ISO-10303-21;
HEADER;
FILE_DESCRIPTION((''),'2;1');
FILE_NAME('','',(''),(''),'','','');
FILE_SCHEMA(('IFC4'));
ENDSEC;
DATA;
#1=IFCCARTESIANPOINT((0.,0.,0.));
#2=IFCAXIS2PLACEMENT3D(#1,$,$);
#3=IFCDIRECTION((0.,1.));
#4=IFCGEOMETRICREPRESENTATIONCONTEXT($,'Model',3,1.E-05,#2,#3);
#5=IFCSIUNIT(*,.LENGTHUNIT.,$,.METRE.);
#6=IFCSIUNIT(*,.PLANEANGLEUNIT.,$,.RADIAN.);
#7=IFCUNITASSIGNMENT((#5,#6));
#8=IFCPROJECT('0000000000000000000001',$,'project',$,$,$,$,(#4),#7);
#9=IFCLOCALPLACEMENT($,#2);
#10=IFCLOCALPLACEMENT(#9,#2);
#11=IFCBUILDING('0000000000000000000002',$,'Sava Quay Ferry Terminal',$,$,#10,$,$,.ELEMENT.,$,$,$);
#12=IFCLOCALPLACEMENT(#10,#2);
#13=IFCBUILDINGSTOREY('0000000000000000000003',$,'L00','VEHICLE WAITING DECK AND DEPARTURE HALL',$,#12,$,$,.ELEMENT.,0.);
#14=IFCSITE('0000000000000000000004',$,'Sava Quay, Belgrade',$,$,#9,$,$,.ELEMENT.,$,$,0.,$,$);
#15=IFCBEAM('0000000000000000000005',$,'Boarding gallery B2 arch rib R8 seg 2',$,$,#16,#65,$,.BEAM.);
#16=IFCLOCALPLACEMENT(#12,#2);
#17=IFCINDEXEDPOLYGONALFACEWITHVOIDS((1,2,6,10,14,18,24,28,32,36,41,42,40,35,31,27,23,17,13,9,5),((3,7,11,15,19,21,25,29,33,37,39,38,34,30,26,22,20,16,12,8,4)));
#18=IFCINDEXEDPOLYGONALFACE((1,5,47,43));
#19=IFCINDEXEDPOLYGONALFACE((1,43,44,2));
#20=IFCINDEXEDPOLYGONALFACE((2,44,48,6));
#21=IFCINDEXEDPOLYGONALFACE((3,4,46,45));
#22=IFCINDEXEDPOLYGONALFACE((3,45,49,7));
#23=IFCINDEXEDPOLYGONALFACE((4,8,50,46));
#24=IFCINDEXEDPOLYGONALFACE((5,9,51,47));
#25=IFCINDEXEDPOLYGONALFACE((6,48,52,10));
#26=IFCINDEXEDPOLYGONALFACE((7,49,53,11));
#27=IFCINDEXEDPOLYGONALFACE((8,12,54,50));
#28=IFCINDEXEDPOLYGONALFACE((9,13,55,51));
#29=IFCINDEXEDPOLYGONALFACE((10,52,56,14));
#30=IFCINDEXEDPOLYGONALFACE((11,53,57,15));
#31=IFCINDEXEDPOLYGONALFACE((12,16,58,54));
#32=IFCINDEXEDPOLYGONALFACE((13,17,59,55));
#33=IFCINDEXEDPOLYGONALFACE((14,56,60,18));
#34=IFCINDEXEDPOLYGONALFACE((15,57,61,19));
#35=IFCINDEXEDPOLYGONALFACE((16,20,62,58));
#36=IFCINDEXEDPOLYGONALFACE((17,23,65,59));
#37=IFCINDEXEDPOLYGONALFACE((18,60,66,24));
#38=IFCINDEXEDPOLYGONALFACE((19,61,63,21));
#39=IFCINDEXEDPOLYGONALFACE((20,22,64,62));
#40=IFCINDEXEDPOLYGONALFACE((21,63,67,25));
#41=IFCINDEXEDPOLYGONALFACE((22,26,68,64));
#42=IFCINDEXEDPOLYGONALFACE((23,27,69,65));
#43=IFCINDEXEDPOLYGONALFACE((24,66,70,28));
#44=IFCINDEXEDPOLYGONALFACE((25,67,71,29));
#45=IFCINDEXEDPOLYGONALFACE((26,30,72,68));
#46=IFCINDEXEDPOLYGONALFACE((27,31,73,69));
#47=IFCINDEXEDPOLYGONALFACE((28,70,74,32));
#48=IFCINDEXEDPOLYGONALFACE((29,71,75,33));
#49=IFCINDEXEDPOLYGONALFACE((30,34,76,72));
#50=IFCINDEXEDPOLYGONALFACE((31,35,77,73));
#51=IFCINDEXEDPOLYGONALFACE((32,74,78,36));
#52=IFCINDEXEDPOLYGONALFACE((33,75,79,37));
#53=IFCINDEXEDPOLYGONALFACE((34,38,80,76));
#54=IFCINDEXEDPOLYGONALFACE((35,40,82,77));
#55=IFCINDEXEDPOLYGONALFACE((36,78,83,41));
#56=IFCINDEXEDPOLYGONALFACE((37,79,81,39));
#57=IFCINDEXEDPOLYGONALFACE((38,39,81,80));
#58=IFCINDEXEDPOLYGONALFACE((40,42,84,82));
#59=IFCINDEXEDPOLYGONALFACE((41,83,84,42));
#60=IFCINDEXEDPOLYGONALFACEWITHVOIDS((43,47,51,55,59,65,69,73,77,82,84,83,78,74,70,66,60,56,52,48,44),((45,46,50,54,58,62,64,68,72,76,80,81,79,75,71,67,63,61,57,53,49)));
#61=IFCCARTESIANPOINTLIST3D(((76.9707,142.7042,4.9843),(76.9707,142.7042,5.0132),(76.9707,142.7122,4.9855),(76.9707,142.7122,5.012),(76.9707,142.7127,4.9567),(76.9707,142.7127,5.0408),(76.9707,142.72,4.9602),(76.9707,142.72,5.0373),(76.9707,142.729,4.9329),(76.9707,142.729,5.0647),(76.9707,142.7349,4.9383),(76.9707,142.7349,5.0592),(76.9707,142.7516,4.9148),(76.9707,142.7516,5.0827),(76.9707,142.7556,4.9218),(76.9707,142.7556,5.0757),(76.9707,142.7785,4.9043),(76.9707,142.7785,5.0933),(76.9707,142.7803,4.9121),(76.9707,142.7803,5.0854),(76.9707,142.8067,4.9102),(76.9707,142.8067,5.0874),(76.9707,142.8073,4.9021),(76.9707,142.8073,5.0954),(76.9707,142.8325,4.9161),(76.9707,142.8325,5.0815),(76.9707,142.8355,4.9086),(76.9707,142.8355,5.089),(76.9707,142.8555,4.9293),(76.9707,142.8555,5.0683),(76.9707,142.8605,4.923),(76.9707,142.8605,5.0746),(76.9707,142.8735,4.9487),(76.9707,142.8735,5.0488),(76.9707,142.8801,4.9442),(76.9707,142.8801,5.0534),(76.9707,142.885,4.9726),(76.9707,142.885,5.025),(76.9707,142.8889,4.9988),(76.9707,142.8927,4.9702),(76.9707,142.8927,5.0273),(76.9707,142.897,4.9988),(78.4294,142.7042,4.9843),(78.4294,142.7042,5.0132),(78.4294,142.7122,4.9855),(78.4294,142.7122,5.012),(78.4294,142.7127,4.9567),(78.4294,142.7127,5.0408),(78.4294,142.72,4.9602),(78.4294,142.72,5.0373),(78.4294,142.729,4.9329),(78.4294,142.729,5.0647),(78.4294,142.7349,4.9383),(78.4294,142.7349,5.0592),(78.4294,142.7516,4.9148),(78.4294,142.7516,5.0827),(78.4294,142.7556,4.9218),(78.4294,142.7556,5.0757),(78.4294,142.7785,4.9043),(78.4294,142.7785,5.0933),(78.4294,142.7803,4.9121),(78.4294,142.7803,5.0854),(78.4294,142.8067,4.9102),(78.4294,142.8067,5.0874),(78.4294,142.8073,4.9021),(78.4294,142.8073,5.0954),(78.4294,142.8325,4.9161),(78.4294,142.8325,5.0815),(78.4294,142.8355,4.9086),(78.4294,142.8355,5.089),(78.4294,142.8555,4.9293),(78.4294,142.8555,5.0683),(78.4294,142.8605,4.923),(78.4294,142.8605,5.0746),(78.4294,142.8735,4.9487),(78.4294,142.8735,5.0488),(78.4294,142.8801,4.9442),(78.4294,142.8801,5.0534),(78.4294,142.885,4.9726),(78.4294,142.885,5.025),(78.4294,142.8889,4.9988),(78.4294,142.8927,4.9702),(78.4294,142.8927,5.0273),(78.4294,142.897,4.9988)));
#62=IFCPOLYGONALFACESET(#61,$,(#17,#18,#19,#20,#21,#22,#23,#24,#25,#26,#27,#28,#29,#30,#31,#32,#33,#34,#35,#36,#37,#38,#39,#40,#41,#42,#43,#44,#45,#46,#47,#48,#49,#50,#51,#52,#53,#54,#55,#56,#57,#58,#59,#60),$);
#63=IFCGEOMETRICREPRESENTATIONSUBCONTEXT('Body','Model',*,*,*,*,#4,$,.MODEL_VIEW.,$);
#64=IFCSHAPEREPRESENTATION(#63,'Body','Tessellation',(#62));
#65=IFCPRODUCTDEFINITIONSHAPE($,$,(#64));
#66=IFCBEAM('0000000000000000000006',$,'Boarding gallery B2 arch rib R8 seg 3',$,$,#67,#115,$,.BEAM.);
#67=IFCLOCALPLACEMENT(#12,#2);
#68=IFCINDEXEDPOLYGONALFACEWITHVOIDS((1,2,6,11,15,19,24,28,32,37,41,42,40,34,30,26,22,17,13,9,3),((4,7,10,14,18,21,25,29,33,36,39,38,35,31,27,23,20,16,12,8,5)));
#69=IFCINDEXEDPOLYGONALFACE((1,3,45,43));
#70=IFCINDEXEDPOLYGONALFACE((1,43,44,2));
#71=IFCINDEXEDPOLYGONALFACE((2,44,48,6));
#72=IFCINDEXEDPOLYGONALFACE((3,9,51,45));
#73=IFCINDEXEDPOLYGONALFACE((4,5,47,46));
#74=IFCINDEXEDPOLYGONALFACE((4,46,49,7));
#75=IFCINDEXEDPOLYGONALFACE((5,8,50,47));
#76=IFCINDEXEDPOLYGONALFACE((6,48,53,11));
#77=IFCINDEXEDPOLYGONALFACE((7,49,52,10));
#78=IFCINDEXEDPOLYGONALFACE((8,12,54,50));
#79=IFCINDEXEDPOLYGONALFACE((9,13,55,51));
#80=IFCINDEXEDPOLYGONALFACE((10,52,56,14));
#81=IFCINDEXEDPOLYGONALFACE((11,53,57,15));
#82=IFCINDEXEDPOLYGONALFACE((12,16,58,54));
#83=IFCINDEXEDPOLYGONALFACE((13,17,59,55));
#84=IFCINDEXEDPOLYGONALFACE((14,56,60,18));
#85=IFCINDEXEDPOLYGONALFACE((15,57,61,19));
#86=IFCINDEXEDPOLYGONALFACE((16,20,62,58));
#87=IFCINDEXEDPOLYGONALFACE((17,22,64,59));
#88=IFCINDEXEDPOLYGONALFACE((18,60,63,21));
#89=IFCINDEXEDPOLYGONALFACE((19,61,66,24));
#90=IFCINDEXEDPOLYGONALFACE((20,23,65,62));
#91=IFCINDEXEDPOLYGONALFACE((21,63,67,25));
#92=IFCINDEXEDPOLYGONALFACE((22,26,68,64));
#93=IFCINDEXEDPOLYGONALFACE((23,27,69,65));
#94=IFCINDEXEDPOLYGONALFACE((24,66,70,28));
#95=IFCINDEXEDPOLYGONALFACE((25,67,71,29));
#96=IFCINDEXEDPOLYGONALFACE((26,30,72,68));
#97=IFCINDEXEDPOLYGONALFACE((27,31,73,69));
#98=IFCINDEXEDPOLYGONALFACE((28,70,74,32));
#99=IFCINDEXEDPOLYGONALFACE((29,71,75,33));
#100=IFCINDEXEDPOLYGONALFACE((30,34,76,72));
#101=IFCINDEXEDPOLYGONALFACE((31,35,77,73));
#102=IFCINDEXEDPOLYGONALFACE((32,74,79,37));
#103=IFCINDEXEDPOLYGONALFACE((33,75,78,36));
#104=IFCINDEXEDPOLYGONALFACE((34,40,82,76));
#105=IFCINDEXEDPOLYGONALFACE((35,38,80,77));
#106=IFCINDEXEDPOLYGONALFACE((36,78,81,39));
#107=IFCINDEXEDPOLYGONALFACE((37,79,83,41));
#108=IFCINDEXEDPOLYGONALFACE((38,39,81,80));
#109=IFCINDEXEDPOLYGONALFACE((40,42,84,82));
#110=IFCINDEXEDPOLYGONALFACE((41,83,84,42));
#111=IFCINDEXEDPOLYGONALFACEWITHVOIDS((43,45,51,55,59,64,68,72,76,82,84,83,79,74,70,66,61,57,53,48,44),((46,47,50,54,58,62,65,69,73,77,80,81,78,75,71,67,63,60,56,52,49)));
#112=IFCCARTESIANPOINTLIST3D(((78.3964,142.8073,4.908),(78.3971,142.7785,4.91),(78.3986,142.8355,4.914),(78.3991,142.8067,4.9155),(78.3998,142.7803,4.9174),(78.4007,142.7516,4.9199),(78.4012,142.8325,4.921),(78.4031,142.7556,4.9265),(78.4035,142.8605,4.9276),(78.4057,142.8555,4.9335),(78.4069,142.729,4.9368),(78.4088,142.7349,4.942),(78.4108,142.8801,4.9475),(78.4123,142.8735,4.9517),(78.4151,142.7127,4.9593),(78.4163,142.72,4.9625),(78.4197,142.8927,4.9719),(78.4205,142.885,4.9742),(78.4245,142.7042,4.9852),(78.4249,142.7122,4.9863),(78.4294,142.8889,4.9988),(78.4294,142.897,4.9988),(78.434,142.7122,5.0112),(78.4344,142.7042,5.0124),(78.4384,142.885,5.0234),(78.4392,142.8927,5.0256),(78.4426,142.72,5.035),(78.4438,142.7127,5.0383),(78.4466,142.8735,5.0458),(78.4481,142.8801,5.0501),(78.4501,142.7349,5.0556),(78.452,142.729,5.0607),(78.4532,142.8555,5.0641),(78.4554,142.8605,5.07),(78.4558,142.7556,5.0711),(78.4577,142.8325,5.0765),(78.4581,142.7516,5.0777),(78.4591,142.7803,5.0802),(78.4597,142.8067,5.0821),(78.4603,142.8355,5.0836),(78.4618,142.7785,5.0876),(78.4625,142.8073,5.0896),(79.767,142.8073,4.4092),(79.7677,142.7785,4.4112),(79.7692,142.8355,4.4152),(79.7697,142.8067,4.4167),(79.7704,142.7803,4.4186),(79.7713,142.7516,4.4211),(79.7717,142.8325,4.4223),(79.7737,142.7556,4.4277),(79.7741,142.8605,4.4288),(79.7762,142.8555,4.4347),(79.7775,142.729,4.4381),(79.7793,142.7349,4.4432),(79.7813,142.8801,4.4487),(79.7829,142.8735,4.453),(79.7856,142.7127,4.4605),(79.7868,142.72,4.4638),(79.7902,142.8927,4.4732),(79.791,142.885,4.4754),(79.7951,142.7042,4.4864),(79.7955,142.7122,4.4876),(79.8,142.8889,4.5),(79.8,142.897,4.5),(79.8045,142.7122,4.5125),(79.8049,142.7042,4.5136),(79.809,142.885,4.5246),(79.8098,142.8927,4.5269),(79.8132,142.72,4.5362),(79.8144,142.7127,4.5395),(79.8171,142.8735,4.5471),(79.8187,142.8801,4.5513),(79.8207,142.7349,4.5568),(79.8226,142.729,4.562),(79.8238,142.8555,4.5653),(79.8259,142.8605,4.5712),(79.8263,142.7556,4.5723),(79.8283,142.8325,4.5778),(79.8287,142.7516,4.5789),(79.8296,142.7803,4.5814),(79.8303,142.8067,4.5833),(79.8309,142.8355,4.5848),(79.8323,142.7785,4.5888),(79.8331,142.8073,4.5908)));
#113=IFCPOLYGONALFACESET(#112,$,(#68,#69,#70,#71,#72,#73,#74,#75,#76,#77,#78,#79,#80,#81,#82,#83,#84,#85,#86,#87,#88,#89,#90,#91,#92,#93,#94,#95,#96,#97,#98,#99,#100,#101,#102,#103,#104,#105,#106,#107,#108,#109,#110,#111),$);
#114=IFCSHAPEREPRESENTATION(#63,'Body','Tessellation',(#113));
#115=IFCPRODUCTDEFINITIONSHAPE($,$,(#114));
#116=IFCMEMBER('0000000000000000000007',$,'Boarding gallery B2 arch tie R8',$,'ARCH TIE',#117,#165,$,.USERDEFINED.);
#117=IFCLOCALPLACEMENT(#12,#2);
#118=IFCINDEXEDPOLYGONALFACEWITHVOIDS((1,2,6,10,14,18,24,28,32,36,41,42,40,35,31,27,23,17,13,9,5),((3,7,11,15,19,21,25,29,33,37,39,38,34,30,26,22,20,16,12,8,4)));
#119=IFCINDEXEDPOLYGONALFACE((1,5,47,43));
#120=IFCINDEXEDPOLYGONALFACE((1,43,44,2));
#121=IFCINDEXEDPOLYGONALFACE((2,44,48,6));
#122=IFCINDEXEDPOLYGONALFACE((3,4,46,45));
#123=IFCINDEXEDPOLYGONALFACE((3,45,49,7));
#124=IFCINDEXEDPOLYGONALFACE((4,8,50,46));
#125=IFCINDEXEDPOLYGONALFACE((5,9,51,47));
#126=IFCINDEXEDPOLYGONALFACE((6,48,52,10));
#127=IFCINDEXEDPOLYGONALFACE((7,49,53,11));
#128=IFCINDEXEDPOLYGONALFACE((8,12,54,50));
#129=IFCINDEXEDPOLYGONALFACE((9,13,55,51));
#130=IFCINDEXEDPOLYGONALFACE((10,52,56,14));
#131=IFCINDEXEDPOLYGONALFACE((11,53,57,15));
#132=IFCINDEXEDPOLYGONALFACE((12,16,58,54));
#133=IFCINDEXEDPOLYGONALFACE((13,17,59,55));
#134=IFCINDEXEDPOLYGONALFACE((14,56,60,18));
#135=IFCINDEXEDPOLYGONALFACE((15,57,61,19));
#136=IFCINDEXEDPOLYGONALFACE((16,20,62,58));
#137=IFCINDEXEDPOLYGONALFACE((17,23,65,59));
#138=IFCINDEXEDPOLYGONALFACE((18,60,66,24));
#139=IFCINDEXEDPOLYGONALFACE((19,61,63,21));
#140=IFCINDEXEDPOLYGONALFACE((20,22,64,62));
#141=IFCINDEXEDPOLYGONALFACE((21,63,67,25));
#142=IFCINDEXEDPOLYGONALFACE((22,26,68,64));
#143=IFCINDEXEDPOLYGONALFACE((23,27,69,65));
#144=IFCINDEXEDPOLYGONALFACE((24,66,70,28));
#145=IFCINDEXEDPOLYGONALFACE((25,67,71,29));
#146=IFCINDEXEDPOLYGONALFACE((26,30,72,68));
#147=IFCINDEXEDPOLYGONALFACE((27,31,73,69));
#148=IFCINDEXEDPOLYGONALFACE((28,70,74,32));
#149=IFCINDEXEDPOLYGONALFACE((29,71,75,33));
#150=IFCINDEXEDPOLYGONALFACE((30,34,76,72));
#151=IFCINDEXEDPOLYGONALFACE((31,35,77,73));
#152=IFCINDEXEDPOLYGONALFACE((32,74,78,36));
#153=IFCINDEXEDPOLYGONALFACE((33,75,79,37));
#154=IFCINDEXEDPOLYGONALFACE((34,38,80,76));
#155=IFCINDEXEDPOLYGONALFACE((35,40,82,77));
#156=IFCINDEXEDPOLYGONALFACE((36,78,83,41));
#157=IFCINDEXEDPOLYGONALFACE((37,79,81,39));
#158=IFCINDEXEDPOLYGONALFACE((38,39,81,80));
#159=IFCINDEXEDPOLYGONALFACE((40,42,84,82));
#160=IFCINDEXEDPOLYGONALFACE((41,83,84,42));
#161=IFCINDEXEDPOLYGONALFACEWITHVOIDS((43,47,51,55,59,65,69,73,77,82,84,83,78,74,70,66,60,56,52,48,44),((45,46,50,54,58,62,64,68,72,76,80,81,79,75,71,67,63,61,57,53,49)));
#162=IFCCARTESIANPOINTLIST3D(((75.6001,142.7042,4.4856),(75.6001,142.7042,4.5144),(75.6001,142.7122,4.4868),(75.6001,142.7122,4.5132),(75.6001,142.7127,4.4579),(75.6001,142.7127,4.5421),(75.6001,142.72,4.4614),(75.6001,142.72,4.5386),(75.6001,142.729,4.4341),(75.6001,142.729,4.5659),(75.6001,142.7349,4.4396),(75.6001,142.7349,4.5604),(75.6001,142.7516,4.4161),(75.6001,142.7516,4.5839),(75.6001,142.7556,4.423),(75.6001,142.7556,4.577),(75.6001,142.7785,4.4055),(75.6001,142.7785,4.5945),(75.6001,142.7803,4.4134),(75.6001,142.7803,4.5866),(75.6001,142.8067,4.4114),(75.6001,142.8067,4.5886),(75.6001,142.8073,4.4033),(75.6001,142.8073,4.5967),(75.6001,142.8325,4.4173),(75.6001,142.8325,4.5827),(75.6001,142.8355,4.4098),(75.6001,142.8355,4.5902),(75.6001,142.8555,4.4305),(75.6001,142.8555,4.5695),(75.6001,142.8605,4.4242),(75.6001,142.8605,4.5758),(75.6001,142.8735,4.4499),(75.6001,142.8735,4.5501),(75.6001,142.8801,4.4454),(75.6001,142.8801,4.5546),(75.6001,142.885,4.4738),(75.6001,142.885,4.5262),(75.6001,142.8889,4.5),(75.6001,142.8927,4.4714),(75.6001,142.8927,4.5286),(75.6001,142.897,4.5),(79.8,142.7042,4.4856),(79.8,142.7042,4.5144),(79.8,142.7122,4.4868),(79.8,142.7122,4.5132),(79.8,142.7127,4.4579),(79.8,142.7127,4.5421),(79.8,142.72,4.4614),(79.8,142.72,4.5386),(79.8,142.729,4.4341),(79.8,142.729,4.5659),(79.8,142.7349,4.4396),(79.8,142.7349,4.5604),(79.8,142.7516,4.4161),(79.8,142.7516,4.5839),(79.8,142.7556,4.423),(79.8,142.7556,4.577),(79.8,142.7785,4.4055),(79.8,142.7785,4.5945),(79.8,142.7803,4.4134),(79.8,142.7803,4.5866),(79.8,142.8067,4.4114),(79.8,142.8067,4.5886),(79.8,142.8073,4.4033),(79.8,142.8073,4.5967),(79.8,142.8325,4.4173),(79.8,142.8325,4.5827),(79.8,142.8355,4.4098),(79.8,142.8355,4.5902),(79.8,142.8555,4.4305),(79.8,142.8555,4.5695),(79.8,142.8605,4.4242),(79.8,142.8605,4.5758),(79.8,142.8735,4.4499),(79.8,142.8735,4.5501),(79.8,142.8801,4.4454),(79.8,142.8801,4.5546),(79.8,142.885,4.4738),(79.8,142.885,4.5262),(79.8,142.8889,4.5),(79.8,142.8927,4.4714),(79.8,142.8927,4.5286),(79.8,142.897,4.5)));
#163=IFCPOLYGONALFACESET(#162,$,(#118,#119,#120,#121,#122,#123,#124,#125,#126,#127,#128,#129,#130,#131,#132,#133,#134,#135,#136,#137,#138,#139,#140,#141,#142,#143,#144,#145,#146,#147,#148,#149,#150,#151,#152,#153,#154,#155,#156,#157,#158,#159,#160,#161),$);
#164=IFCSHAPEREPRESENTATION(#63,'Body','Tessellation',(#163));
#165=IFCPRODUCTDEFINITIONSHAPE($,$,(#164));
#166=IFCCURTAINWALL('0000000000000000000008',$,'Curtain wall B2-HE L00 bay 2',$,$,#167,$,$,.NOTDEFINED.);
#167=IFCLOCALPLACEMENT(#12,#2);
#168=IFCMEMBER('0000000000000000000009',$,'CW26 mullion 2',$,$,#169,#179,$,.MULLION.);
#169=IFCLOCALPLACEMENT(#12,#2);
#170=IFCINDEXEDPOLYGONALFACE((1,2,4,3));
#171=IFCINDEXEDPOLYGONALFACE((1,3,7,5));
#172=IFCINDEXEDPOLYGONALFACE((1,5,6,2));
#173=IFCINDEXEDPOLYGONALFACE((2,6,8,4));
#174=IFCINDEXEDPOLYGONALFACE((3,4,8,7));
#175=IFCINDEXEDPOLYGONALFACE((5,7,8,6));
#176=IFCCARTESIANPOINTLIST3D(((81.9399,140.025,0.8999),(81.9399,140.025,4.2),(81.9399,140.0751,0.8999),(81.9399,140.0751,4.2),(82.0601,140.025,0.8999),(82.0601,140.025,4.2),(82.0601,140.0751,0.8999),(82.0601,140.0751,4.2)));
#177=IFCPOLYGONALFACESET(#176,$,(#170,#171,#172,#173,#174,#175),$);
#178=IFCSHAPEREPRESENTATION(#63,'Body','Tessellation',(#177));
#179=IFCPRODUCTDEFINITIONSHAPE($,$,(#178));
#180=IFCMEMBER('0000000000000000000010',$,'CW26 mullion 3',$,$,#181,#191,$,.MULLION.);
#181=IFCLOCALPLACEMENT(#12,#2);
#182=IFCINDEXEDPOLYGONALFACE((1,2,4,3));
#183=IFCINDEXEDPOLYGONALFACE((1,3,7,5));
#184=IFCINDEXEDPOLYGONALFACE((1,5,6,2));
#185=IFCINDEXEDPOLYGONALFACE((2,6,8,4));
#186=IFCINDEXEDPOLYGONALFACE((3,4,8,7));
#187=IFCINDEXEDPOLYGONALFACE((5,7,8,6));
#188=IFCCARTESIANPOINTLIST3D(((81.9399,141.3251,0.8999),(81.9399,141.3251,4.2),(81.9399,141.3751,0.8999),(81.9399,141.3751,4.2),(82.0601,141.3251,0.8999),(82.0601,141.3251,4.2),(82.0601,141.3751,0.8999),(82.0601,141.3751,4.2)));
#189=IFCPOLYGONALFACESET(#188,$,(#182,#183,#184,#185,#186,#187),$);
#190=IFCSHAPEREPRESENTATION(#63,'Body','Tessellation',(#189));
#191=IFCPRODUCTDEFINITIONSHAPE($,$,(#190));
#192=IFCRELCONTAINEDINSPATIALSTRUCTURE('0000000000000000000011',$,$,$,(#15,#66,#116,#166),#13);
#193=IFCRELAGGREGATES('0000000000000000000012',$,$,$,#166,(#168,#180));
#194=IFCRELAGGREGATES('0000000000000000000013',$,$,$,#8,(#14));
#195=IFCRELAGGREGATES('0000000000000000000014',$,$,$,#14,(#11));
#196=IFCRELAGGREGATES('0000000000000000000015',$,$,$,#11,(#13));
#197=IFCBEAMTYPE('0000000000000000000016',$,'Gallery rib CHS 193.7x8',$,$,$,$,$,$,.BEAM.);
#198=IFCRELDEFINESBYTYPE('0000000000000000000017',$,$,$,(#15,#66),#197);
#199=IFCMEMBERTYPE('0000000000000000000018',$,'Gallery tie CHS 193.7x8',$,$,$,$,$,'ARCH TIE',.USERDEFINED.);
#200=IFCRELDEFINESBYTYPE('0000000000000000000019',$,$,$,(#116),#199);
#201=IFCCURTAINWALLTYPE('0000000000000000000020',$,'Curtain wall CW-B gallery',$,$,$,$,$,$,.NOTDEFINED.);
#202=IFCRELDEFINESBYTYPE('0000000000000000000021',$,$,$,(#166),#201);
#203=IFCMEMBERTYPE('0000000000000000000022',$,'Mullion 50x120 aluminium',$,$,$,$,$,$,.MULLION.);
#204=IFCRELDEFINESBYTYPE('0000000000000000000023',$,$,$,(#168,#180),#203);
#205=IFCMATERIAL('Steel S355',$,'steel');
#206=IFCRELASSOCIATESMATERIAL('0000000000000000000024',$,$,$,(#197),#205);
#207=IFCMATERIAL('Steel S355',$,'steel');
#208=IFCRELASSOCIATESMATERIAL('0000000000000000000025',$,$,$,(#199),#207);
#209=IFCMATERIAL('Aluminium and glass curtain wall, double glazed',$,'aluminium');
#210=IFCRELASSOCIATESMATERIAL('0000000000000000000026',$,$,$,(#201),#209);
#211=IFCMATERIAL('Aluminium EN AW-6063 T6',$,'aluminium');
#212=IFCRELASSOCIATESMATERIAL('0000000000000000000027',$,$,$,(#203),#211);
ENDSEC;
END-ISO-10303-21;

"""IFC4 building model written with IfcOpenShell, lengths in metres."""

from ifc_helpers import new_model, si_unit, direction, frame, origin, origin_2d, place, context, subcontext, project, spatial, rectangle, hollow_circle, extrude, material, material_profile, profile_set, type_object, element, aggregate, save


model = new_model("IFC4")

# Units and contexts
model_context = context("Model", 3, precision=1e-05, world=origin(), true_north=direction((0.0, 1.0)))
body_context = subcontext(model_context, "Body", "Model", "MODEL_VIEW")
ifc_project = project(units=[si_unit("LENGTHUNIT", "METRE"), si_unit("PLANEANGLEUNIT", "RADIAN")], contexts=[model_context])

# Site, building, storey
site_placement = place(None, origin())
site = spatial("IfcSite", under=ifc_project, at=site_placement, Name="Sava Quay, Belgrade", CompositionType="ELEMENT", RefElevation=0.0)
building_placement = place(site_placement, origin())
building = spatial("IfcBuilding", under=site, at=building_placement, Name="Sava Quay Ferry Terminal", CompositionType="ELEMENT")
storey_placement = place(building_placement, origin())
storey = spatial("IfcBuildingStorey", under=building, at=storey_placement, Name="L00", Description="VEHICLE WAITING DECK AND DEPARTURE HALL", CompositionType="ELEMENT", Elevation=0.0)

# Beams
ifc_material_1 = material(Name="Steel S355", Category="steel")
ifc_material_profile_1 = material_profile(ifc_material_1, hollow_circle(Radius=0.0969, WallThickness=0.0081, at=origin_2d()), Name="CHS 193.7 x 8.0")
ifc_profile_set_1 = profile_set([ifc_material_profile_1], Name="Steel S355")
beam_type = type_object("IfcBeamType", Name="Gallery rib CHS 193.7x8", PredefinedType="BEAM", material=ifc_profile_set_1)
beam_1_placement = place(storey_placement, frame((76.9707, 142.8, 4.9988), z_axis=(1.0, 0.0, 0.0), x_axis=(0.0, 1.0, 0.0)))
element("IfcBeam", 1, at=beam_1_placement, inside=storey, type_object=beam_type, Name="Boarding gallery B2 arch rib R8 seg 2", PredefinedType="BEAM", context=body_context, shape_type="SweptSolid", body=[
    extrude(hollow_circle(Radius=0.0969, WallThickness=0.0081, at=origin_2d()), origin(), (0.0, 0.0, 1.0), 1.4587),
])
beam_2_placement = place(storey_placement, frame((78.4294, 142.8, 4.9988), z_axis=(0.93971, 0.0, -0.341972), x_axis=(0.0, 1.0, 0.0)))
element("IfcBeam", 2, at=beam_2_placement, inside=storey, type_object=beam_type, Name="Boarding gallery B2 arch rib R8 seg 3", PredefinedType="BEAM", context=body_context, shape_type="SweptSolid", body=[
    extrude(hollow_circle(Radius=0.0969, WallThickness=0.0081, at=origin_2d()), origin(), (0.0, 0.0, 1.0), 1.4585),
])

# Member
ifc_material_2 = material(Name="Steel S355", Category="steel")
ifc_material_profile_2 = material_profile(ifc_material_2, hollow_circle(Radius=0.0969, WallThickness=0.0081, at=origin_2d()), Name="CHS 193.7 x 8.0")
ifc_profile_set_2 = profile_set([ifc_material_profile_2], Name="Steel S355")
member_type_1 = type_object("IfcMemberType", Name="Gallery tie CHS 193.7x8", ElementType="ARCH TIE", PredefinedType="USERDEFINED", material=ifc_profile_set_2)
member_1_placement = place(storey_placement, frame((75.6001, 142.8, 4.5), z_axis=(1.0, 0.0, 0.0), x_axis=(0.0, 1.0, 0.0)))
element("IfcMember", 3, at=member_1_placement, inside=storey, type_object=member_type_1, Name="Boarding gallery B2 arch tie R8", ObjectType="ARCH TIE", PredefinedType="USERDEFINED", context=body_context, shape_type="SweptSolid", body=[
    extrude(hollow_circle(Radius=0.0969, WallThickness=0.0081, at=origin_2d()), origin(), (0.0, 0.0, 1.0), 4.2),
])

# Curtain wall, members
ifc_material_3 = material(Name="Aluminium and glass curtain wall, double glazed", Category="aluminium")
curtain_wall_type = type_object("IfcCurtainWallType", Name="Curtain wall CW-B gallery", PredefinedType="NOTDEFINED", material=ifc_material_3)
curtain_wall_1_placement = place(storey_placement, origin())
curtain_wall_1 = element("IfcCurtainWall", 4, at=curtain_wall_1_placement, inside=storey, type_object=curtain_wall_type, Name="Curtain wall B2-HE L00 bay 2", PredefinedType="NOTDEFINED")
ifc_material_4 = material(Name="Aluminium EN AW-6063 T6", Category="aluminium")
ifc_material_profile_3 = material_profile(ifc_material_4, rectangle(XDim=0.1201, YDim=0.05, at=origin_2d()), Name="Mullion 50x120 aluminium")
ifc_profile_set_3 = profile_set([ifc_material_profile_3], Name="Aluminium EN AW-6063 T6")
member_type_2 = type_object("IfcMemberType", Name="Mullion 50x120 aluminium", PredefinedType="MULLION", material=ifc_profile_set_3)
member_2_placement = place(storey_placement, frame((82.0, 140.05, 0.8999), z_axis=(0.0, 0.0, 1.0), x_axis=(-1.0, 0.0, 0.0)))
member_2 = element("IfcMember", 5, at=member_2_placement, type_object=member_type_2, Name="CW26 mullion 2", PredefinedType="MULLION", context=body_context, shape_type="SweptSolid", body=[
    extrude(rectangle(XDim=0.1201, YDim=0.05, at=origin_2d()), origin(), (0.0, 0.0, 1.0), 3.3),
])
member_3_placement = place(storey_placement, frame((82.0, 141.3501, 0.8999), z_axis=(0.0, 0.0, 1.0), x_axis=(-1.0, 0.0, 0.0)))
member_3 = element("IfcMember", 6, at=member_3_placement, type_object=member_type_2, Name="CW26 mullion 3", PredefinedType="MULLION", context=body_context, shape_type="SweptSolid", body=[
    extrude(rectangle(XDim=0.1201, YDim=0.05, at=origin_2d()), origin(), (0.0, 0.0, 1.0), 3.3),
])
aggregate(curtain_wall_1, [member_2, member_3])

save(model, "model.ifc")
